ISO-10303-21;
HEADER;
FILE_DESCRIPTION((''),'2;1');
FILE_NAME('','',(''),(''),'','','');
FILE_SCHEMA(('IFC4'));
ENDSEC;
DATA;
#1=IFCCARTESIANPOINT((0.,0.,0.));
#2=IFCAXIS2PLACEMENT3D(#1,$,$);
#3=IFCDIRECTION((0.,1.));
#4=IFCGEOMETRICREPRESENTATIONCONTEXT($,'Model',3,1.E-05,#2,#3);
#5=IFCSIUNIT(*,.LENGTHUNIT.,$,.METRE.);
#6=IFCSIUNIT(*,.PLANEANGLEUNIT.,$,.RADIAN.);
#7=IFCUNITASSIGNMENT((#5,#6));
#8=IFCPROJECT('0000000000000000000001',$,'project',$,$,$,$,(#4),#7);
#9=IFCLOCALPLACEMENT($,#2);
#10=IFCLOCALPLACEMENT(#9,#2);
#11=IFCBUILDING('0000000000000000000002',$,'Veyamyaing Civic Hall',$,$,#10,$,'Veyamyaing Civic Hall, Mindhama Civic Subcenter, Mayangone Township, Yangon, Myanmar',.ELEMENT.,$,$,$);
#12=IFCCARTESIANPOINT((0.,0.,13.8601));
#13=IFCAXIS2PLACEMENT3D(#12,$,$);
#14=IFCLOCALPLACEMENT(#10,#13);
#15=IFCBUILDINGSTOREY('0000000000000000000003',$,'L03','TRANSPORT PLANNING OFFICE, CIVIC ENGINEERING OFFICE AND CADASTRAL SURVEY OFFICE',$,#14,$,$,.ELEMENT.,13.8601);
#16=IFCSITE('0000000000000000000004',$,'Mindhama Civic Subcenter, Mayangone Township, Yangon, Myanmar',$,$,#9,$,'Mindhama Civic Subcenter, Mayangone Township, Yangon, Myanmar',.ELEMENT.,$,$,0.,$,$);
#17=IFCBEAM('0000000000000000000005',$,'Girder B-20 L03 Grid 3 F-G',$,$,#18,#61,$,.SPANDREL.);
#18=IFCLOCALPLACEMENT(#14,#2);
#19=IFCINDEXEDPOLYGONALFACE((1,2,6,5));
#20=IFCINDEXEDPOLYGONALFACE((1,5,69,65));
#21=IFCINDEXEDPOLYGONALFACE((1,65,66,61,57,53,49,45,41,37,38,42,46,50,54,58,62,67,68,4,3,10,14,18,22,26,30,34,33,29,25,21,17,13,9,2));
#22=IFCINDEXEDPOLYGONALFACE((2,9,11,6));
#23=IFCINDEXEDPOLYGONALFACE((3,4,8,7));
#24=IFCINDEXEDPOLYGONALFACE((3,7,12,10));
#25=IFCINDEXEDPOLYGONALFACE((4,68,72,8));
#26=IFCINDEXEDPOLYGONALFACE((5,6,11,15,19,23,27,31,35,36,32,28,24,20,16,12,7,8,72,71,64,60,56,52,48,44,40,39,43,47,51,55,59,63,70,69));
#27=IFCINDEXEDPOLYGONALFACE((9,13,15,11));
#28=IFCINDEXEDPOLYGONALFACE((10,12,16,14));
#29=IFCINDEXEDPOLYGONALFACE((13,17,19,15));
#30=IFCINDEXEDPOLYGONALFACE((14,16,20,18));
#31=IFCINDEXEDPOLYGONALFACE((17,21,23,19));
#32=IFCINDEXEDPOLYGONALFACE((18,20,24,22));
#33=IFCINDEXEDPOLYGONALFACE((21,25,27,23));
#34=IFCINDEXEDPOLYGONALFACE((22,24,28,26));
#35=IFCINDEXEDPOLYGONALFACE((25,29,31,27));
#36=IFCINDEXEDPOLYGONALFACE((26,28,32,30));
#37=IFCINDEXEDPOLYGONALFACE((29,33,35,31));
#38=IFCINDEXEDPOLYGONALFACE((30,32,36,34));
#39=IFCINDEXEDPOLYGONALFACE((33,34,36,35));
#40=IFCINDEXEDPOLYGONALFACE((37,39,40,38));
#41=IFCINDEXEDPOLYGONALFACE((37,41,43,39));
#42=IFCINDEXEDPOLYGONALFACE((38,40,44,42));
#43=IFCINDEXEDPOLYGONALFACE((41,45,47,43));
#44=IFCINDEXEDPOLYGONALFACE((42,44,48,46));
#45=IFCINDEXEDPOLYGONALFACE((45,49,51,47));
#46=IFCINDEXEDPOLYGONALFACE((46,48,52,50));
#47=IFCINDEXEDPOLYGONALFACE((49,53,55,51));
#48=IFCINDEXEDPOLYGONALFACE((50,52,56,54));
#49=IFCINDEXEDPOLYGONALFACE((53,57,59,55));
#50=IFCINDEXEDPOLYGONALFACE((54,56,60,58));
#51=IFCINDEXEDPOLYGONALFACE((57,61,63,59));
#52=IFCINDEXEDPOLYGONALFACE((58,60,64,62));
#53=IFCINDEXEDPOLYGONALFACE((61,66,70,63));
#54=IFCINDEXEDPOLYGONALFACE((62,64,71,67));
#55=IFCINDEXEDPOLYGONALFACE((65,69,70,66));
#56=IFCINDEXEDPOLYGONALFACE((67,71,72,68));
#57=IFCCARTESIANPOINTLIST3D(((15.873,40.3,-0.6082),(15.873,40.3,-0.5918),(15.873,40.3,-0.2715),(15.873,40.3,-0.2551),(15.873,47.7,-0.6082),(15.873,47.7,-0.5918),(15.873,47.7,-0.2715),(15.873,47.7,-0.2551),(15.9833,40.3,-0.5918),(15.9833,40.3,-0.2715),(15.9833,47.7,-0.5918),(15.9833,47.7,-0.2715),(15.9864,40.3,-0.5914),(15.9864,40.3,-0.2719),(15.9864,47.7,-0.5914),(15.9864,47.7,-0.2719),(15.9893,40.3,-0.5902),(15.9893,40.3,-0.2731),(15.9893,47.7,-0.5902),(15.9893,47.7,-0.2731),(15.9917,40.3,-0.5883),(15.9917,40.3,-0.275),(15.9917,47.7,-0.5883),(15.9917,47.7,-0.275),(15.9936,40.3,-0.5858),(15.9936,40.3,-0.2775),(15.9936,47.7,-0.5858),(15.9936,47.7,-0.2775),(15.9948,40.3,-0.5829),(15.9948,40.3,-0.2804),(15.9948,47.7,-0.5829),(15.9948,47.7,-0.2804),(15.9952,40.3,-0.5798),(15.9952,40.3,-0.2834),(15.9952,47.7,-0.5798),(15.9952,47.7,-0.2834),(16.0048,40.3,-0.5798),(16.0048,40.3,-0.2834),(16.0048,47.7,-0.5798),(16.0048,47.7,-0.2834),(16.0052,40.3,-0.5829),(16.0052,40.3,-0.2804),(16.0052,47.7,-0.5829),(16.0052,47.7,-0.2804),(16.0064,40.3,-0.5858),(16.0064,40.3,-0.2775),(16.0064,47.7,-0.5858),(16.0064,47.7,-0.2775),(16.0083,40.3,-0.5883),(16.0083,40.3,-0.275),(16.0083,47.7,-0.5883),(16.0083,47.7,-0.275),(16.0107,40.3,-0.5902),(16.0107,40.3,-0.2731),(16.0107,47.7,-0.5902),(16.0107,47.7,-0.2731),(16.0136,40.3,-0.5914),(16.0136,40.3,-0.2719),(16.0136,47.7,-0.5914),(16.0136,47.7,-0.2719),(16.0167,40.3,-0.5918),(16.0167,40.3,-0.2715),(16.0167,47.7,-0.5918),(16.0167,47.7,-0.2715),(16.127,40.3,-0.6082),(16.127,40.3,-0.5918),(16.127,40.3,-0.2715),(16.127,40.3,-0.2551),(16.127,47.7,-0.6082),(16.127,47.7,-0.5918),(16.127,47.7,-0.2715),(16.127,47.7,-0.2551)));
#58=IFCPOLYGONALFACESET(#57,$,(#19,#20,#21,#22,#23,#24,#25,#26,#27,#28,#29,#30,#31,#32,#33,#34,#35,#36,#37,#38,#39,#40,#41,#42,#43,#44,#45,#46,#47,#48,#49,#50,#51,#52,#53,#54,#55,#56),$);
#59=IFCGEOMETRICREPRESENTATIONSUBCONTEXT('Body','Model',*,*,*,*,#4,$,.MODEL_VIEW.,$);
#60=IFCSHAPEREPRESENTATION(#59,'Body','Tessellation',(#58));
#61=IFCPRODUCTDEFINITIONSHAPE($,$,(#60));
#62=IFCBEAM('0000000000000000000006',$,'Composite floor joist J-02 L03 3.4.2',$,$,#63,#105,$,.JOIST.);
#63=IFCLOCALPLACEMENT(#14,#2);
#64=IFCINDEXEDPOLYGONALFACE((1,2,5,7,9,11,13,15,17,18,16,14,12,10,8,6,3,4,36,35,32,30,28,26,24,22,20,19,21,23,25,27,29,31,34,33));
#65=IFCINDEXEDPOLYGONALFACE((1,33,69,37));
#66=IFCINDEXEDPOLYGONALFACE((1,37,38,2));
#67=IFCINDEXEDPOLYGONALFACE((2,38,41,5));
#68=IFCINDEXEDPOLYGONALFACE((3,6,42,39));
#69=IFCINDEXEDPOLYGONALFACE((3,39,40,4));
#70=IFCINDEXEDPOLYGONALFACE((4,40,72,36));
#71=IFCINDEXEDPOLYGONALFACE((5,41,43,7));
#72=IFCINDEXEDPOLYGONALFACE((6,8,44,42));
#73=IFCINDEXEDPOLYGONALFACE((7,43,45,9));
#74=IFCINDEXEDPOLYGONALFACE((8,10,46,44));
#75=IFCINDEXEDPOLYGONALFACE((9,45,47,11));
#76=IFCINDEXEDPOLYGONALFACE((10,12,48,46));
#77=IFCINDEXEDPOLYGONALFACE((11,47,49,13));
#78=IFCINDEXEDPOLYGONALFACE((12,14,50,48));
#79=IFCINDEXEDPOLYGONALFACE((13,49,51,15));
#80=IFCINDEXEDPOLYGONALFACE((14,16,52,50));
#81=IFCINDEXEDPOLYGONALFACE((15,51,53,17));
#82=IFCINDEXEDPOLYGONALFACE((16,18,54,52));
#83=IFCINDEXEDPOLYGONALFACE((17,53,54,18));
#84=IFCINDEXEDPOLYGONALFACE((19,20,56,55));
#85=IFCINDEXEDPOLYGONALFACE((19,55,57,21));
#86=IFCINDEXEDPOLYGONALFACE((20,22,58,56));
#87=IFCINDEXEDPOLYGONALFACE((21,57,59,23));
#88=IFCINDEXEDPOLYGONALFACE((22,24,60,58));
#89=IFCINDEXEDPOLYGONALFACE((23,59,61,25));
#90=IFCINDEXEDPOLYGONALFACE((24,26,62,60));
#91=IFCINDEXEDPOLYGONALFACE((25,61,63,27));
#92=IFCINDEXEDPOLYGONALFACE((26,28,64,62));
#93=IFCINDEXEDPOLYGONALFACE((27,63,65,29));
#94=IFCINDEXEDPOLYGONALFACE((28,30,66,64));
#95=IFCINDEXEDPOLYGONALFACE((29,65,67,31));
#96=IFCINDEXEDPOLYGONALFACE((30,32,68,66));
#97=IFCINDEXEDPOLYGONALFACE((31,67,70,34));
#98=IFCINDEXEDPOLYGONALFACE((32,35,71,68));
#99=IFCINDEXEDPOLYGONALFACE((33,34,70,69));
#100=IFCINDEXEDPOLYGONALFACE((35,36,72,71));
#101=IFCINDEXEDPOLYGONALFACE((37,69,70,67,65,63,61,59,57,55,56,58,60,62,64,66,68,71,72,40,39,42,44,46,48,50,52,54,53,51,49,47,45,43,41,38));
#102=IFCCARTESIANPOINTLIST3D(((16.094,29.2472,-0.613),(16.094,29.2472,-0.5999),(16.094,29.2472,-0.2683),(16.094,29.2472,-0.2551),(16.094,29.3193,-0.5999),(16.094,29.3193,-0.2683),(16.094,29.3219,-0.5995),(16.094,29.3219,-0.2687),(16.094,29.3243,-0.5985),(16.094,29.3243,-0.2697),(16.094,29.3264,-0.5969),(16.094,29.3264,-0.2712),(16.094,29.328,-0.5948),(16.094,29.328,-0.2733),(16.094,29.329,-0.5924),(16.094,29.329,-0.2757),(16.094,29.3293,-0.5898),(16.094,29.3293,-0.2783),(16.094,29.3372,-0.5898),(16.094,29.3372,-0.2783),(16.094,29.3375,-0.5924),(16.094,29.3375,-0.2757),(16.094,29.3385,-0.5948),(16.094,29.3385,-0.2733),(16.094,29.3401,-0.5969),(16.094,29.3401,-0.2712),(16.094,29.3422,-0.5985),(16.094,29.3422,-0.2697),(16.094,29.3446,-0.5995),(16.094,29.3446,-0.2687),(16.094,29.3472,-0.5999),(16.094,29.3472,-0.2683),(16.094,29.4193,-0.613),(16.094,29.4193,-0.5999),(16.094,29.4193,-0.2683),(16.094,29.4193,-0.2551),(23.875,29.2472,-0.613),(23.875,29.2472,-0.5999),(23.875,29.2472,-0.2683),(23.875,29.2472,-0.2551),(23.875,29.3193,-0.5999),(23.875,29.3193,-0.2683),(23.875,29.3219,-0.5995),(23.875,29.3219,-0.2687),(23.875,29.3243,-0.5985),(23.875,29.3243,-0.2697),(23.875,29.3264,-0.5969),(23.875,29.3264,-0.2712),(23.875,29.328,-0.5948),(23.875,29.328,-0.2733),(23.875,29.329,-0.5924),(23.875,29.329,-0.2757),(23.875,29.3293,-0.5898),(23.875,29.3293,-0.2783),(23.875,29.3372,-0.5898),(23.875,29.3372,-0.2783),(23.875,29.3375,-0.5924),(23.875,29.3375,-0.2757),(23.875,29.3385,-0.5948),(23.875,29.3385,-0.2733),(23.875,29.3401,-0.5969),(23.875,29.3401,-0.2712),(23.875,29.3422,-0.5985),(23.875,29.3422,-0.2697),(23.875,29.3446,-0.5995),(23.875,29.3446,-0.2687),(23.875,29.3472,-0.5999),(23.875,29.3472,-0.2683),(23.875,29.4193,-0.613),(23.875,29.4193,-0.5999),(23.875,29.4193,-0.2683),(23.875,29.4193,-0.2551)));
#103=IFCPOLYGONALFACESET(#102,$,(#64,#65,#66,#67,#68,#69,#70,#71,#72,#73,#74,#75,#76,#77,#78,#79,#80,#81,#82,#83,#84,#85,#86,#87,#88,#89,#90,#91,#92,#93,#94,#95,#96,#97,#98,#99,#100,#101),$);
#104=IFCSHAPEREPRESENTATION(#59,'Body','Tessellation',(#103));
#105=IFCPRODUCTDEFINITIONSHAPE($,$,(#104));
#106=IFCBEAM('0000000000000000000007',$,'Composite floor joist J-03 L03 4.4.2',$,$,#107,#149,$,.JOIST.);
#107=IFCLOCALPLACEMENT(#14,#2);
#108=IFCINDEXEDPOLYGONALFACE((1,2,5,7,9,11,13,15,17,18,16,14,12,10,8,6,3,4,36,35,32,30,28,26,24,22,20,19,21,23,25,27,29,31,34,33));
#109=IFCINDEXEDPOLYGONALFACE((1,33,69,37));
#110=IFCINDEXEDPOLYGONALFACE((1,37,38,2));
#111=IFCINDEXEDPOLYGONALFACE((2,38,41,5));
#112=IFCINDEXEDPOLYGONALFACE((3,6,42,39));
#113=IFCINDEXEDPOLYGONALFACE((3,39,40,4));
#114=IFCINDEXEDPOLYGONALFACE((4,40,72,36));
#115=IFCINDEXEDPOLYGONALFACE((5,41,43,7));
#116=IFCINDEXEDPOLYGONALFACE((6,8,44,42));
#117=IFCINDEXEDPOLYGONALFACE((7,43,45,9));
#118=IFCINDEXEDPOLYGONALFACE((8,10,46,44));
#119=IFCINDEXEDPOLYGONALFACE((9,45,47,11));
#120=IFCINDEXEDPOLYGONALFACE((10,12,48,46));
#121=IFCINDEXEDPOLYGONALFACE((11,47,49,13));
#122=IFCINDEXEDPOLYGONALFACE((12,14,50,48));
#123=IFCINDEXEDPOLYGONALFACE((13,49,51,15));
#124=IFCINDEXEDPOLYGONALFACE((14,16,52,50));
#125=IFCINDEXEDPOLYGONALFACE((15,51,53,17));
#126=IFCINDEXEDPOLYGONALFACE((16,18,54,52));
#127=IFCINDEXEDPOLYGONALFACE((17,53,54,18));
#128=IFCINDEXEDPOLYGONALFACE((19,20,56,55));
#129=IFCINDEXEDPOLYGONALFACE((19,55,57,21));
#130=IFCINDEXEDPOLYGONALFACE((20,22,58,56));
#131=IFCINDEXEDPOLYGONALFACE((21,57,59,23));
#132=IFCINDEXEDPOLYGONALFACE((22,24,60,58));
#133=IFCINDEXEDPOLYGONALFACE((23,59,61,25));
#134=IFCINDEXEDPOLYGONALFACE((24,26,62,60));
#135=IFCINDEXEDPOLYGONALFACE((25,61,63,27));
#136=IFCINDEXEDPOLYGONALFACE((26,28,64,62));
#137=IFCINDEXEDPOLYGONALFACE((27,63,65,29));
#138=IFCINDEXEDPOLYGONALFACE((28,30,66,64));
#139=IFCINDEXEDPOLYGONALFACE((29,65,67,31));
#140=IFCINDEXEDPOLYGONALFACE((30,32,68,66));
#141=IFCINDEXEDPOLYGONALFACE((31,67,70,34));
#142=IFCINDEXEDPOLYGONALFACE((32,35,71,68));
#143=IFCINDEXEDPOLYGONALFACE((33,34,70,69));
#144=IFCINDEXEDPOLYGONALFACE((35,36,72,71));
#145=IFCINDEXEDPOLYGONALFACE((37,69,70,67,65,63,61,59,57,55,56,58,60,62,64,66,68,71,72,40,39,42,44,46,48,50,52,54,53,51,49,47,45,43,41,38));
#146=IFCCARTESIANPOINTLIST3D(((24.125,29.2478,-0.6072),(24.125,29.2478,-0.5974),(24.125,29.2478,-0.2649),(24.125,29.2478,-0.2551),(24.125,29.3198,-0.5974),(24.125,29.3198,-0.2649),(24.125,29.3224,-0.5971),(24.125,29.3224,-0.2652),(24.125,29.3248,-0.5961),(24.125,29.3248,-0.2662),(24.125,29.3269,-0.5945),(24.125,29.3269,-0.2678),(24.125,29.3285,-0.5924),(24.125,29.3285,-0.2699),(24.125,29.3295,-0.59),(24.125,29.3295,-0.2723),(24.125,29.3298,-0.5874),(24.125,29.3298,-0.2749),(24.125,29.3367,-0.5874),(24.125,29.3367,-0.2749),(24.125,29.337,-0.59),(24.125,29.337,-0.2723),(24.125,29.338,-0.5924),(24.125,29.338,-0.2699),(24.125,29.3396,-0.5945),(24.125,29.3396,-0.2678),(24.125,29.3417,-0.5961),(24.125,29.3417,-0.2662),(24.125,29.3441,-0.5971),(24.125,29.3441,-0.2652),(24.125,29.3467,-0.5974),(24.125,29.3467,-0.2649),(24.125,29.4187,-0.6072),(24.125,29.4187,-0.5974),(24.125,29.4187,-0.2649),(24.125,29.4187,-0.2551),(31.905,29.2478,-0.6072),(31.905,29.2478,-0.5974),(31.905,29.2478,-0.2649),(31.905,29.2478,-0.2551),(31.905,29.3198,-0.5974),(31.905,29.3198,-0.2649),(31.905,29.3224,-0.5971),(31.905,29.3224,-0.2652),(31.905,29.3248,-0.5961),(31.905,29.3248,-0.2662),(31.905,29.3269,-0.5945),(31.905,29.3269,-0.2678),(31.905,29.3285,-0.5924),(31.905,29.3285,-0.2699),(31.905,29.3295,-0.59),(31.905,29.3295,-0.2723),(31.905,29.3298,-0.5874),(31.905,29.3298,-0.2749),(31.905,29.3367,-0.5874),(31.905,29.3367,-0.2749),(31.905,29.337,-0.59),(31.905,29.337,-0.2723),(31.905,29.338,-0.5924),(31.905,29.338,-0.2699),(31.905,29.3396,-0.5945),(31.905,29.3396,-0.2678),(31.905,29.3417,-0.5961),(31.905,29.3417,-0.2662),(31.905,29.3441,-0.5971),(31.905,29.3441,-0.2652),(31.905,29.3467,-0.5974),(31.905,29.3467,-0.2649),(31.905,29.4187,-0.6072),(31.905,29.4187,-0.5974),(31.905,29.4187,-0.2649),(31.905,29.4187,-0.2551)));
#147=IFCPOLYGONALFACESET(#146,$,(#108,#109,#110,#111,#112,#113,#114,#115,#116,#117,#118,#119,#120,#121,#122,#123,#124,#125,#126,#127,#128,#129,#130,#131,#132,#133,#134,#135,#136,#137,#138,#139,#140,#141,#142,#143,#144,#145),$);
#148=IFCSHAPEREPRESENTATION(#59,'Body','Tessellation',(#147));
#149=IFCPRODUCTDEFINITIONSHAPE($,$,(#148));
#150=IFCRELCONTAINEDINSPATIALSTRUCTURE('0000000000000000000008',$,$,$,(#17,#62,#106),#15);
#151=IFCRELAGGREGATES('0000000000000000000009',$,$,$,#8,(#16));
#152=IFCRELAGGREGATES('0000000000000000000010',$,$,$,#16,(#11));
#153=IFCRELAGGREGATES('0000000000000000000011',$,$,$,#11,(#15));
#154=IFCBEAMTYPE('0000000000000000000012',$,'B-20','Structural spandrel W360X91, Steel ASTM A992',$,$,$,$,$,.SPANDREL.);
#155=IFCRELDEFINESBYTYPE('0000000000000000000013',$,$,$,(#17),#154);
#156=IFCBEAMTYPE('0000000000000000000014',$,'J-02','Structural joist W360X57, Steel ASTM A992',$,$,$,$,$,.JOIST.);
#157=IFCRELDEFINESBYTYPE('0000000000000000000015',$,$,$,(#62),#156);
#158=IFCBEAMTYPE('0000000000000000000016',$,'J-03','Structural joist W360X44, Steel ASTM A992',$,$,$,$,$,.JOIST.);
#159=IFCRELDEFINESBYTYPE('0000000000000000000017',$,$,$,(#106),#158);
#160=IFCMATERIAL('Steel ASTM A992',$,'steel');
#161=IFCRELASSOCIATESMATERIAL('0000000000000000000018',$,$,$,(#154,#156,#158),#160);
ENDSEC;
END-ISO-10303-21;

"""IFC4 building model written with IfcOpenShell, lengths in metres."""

from ifc_helpers import new_model, si_unit, direction, frame, origin, origin_2d, place, context, subcontext, project, spatial, i_section, extrude, material, material_profile, profile_set, type_object, element, save


model = new_model("IFC4")

# Units and contexts
model_context = context("Model", 3, precision=1e-05, world=origin(), true_north=direction((0.0, 1.0)))
body_context = subcontext(model_context, "Body", "Model", "MODEL_VIEW")
ifc_project = project(units=[si_unit("LENGTHUNIT", "METRE"), si_unit("PLANEANGLEUNIT", "RADIAN")], contexts=[model_context])

# Site, building, storey
site_placement = place(None, origin())
site = spatial("IfcSite", under=ifc_project, at=site_placement, Name="Mindhama Civic Subcenter, Mayangone Township, Yangon, Myanmar", LongName="Mindhama Civic Subcenter, Mayangone Township, Yangon, Myanmar", CompositionType="ELEMENT", RefElevation=0.0)
building_placement = place(site_placement, origin())
building = spatial("IfcBuilding", under=site, at=building_placement, Name="Veyamyaing Civic Hall", LongName="Veyamyaing Civic Hall, Mindhama Civic Subcenter, Mayangone Township, Yangon, Myanmar", CompositionType="ELEMENT")
storey_placement = place(building_placement, frame((0.0, 0.0, 13.8601)))
storey = spatial("IfcBuildingStorey", under=building, at=storey_placement, Name="L03", Description="TRANSPORT PLANNING OFFICE, CIVIC ENGINEERING OFFICE AND CADASTRAL SURVEY OFFICE", CompositionType="ELEMENT", Elevation=13.8601)

# Beams
ifc_material_1 = material(Name="Steel ASTM A992", Category="steel")
ifc_material_profile_1 = material_profile(ifc_material_1, i_section(OverallWidth=0.2539, OverallDepth=0.353, WebThickness=0.0095, FlangeThickness=0.0164, FilletRadius=0.012, at=origin_2d()), Name="W360X91")
ifc_profile_set_1 = profile_set([ifc_material_profile_1], Name="Steel ASTM A992")
beam_type_1 = type_object("IfcBeamType", Name="B-20", Description="Structural spandrel W360X91, Steel ASTM A992", PredefinedType="SPANDREL", material=ifc_profile_set_1)
for number, where, z_axis, x_axis, name in (
    (1, (16.0, 40.3, -0.4316), (0.0, 1.0, 0.0), (-1.0, 0.0, 0.0), "Girder B-20 L03 Grid 3 F-G"),
):
    element("IfcBeam", number, at=place(storey_placement, frame(where, z_axis=z_axis, x_axis=x_axis)), inside=storey, type_object=beam_type_1, Name=name, PredefinedType="SPANDREL", context=body_context, shape_type="SweptSolid", body=[
        extrude(i_section(OverallWidth=0.2539, OverallDepth=0.353, WebThickness=0.0095, FlangeThickness=0.0164, FilletRadius=0.012, at=origin_2d()), origin(), (0.0, 0.0, 1.0), 7.3999),
    ])
ifc_material_profile_2 = material_profile(ifc_material_1, i_section(OverallWidth=0.1721, OverallDepth=0.3579, WebThickness=0.0078, FlangeThickness=0.0132, FilletRadius=0.01, at=origin_2d()), Name="W360X57")
ifc_profile_set_2 = profile_set([ifc_material_profile_2], Name="Steel ASTM A992")
beam_type_2 = type_object("IfcBeamType", Name="J-02", Description="Structural joist W360X57, Steel ASTM A992", PredefinedType="JOIST", material=ifc_profile_set_2)
beam_1_placement = place(storey_placement, frame((16.094, 29.3333, -0.4341), z_axis=(1.0, 0.0, 0.0), x_axis=(0.0, 1.0, 0.0)))
element("IfcBeam", 2, at=beam_1_placement, inside=storey, type_object=beam_type_2, Name="Composite floor joist J-02 L03 3.4.2", PredefinedType="JOIST", context=body_context, shape_type="SweptSolid", body=[
    extrude(i_section(OverallWidth=0.1721, OverallDepth=0.3579, WebThickness=0.0078, FlangeThickness=0.0132, FilletRadius=0.01, at=origin_2d()), origin(), (0.0, 0.0, 1.0), 7.781),
])
ifc_material_profile_3 = material_profile(ifc_material_1, i_section(OverallWidth=0.1709, OverallDepth=0.3521, WebThickness=0.0068, FlangeThickness=0.0098, FilletRadius=0.01, at=origin_2d()), Name="W360X44")
ifc_profile_set_3 = profile_set([ifc_material_profile_3], Name="Steel ASTM A992")
beam_type_3 = type_object("IfcBeamType", Name="J-03", Description="Structural joist W360X44, Steel ASTM A992", PredefinedType="JOIST", material=ifc_profile_set_3)
beam_2_placement = place(storey_placement, frame((24.125, 29.3333, -0.4312), z_axis=(1.0, 0.0, 0.0), x_axis=(0.0, 1.0, 0.0)))
element("IfcBeam", 3, at=beam_2_placement, inside=storey, type_object=beam_type_3, Name="Composite floor joist J-03 L03 4.4.2", PredefinedType="JOIST", context=body_context, shape_type="SweptSolid", body=[
    extrude(i_section(OverallWidth=0.1709, OverallDepth=0.3521, WebThickness=0.0068, FlangeThickness=0.0098, FilletRadius=0.01, at=origin_2d()), origin(), (0.0, 0.0, 1.0), 7.78),
])

save(model, "model.ifc")
